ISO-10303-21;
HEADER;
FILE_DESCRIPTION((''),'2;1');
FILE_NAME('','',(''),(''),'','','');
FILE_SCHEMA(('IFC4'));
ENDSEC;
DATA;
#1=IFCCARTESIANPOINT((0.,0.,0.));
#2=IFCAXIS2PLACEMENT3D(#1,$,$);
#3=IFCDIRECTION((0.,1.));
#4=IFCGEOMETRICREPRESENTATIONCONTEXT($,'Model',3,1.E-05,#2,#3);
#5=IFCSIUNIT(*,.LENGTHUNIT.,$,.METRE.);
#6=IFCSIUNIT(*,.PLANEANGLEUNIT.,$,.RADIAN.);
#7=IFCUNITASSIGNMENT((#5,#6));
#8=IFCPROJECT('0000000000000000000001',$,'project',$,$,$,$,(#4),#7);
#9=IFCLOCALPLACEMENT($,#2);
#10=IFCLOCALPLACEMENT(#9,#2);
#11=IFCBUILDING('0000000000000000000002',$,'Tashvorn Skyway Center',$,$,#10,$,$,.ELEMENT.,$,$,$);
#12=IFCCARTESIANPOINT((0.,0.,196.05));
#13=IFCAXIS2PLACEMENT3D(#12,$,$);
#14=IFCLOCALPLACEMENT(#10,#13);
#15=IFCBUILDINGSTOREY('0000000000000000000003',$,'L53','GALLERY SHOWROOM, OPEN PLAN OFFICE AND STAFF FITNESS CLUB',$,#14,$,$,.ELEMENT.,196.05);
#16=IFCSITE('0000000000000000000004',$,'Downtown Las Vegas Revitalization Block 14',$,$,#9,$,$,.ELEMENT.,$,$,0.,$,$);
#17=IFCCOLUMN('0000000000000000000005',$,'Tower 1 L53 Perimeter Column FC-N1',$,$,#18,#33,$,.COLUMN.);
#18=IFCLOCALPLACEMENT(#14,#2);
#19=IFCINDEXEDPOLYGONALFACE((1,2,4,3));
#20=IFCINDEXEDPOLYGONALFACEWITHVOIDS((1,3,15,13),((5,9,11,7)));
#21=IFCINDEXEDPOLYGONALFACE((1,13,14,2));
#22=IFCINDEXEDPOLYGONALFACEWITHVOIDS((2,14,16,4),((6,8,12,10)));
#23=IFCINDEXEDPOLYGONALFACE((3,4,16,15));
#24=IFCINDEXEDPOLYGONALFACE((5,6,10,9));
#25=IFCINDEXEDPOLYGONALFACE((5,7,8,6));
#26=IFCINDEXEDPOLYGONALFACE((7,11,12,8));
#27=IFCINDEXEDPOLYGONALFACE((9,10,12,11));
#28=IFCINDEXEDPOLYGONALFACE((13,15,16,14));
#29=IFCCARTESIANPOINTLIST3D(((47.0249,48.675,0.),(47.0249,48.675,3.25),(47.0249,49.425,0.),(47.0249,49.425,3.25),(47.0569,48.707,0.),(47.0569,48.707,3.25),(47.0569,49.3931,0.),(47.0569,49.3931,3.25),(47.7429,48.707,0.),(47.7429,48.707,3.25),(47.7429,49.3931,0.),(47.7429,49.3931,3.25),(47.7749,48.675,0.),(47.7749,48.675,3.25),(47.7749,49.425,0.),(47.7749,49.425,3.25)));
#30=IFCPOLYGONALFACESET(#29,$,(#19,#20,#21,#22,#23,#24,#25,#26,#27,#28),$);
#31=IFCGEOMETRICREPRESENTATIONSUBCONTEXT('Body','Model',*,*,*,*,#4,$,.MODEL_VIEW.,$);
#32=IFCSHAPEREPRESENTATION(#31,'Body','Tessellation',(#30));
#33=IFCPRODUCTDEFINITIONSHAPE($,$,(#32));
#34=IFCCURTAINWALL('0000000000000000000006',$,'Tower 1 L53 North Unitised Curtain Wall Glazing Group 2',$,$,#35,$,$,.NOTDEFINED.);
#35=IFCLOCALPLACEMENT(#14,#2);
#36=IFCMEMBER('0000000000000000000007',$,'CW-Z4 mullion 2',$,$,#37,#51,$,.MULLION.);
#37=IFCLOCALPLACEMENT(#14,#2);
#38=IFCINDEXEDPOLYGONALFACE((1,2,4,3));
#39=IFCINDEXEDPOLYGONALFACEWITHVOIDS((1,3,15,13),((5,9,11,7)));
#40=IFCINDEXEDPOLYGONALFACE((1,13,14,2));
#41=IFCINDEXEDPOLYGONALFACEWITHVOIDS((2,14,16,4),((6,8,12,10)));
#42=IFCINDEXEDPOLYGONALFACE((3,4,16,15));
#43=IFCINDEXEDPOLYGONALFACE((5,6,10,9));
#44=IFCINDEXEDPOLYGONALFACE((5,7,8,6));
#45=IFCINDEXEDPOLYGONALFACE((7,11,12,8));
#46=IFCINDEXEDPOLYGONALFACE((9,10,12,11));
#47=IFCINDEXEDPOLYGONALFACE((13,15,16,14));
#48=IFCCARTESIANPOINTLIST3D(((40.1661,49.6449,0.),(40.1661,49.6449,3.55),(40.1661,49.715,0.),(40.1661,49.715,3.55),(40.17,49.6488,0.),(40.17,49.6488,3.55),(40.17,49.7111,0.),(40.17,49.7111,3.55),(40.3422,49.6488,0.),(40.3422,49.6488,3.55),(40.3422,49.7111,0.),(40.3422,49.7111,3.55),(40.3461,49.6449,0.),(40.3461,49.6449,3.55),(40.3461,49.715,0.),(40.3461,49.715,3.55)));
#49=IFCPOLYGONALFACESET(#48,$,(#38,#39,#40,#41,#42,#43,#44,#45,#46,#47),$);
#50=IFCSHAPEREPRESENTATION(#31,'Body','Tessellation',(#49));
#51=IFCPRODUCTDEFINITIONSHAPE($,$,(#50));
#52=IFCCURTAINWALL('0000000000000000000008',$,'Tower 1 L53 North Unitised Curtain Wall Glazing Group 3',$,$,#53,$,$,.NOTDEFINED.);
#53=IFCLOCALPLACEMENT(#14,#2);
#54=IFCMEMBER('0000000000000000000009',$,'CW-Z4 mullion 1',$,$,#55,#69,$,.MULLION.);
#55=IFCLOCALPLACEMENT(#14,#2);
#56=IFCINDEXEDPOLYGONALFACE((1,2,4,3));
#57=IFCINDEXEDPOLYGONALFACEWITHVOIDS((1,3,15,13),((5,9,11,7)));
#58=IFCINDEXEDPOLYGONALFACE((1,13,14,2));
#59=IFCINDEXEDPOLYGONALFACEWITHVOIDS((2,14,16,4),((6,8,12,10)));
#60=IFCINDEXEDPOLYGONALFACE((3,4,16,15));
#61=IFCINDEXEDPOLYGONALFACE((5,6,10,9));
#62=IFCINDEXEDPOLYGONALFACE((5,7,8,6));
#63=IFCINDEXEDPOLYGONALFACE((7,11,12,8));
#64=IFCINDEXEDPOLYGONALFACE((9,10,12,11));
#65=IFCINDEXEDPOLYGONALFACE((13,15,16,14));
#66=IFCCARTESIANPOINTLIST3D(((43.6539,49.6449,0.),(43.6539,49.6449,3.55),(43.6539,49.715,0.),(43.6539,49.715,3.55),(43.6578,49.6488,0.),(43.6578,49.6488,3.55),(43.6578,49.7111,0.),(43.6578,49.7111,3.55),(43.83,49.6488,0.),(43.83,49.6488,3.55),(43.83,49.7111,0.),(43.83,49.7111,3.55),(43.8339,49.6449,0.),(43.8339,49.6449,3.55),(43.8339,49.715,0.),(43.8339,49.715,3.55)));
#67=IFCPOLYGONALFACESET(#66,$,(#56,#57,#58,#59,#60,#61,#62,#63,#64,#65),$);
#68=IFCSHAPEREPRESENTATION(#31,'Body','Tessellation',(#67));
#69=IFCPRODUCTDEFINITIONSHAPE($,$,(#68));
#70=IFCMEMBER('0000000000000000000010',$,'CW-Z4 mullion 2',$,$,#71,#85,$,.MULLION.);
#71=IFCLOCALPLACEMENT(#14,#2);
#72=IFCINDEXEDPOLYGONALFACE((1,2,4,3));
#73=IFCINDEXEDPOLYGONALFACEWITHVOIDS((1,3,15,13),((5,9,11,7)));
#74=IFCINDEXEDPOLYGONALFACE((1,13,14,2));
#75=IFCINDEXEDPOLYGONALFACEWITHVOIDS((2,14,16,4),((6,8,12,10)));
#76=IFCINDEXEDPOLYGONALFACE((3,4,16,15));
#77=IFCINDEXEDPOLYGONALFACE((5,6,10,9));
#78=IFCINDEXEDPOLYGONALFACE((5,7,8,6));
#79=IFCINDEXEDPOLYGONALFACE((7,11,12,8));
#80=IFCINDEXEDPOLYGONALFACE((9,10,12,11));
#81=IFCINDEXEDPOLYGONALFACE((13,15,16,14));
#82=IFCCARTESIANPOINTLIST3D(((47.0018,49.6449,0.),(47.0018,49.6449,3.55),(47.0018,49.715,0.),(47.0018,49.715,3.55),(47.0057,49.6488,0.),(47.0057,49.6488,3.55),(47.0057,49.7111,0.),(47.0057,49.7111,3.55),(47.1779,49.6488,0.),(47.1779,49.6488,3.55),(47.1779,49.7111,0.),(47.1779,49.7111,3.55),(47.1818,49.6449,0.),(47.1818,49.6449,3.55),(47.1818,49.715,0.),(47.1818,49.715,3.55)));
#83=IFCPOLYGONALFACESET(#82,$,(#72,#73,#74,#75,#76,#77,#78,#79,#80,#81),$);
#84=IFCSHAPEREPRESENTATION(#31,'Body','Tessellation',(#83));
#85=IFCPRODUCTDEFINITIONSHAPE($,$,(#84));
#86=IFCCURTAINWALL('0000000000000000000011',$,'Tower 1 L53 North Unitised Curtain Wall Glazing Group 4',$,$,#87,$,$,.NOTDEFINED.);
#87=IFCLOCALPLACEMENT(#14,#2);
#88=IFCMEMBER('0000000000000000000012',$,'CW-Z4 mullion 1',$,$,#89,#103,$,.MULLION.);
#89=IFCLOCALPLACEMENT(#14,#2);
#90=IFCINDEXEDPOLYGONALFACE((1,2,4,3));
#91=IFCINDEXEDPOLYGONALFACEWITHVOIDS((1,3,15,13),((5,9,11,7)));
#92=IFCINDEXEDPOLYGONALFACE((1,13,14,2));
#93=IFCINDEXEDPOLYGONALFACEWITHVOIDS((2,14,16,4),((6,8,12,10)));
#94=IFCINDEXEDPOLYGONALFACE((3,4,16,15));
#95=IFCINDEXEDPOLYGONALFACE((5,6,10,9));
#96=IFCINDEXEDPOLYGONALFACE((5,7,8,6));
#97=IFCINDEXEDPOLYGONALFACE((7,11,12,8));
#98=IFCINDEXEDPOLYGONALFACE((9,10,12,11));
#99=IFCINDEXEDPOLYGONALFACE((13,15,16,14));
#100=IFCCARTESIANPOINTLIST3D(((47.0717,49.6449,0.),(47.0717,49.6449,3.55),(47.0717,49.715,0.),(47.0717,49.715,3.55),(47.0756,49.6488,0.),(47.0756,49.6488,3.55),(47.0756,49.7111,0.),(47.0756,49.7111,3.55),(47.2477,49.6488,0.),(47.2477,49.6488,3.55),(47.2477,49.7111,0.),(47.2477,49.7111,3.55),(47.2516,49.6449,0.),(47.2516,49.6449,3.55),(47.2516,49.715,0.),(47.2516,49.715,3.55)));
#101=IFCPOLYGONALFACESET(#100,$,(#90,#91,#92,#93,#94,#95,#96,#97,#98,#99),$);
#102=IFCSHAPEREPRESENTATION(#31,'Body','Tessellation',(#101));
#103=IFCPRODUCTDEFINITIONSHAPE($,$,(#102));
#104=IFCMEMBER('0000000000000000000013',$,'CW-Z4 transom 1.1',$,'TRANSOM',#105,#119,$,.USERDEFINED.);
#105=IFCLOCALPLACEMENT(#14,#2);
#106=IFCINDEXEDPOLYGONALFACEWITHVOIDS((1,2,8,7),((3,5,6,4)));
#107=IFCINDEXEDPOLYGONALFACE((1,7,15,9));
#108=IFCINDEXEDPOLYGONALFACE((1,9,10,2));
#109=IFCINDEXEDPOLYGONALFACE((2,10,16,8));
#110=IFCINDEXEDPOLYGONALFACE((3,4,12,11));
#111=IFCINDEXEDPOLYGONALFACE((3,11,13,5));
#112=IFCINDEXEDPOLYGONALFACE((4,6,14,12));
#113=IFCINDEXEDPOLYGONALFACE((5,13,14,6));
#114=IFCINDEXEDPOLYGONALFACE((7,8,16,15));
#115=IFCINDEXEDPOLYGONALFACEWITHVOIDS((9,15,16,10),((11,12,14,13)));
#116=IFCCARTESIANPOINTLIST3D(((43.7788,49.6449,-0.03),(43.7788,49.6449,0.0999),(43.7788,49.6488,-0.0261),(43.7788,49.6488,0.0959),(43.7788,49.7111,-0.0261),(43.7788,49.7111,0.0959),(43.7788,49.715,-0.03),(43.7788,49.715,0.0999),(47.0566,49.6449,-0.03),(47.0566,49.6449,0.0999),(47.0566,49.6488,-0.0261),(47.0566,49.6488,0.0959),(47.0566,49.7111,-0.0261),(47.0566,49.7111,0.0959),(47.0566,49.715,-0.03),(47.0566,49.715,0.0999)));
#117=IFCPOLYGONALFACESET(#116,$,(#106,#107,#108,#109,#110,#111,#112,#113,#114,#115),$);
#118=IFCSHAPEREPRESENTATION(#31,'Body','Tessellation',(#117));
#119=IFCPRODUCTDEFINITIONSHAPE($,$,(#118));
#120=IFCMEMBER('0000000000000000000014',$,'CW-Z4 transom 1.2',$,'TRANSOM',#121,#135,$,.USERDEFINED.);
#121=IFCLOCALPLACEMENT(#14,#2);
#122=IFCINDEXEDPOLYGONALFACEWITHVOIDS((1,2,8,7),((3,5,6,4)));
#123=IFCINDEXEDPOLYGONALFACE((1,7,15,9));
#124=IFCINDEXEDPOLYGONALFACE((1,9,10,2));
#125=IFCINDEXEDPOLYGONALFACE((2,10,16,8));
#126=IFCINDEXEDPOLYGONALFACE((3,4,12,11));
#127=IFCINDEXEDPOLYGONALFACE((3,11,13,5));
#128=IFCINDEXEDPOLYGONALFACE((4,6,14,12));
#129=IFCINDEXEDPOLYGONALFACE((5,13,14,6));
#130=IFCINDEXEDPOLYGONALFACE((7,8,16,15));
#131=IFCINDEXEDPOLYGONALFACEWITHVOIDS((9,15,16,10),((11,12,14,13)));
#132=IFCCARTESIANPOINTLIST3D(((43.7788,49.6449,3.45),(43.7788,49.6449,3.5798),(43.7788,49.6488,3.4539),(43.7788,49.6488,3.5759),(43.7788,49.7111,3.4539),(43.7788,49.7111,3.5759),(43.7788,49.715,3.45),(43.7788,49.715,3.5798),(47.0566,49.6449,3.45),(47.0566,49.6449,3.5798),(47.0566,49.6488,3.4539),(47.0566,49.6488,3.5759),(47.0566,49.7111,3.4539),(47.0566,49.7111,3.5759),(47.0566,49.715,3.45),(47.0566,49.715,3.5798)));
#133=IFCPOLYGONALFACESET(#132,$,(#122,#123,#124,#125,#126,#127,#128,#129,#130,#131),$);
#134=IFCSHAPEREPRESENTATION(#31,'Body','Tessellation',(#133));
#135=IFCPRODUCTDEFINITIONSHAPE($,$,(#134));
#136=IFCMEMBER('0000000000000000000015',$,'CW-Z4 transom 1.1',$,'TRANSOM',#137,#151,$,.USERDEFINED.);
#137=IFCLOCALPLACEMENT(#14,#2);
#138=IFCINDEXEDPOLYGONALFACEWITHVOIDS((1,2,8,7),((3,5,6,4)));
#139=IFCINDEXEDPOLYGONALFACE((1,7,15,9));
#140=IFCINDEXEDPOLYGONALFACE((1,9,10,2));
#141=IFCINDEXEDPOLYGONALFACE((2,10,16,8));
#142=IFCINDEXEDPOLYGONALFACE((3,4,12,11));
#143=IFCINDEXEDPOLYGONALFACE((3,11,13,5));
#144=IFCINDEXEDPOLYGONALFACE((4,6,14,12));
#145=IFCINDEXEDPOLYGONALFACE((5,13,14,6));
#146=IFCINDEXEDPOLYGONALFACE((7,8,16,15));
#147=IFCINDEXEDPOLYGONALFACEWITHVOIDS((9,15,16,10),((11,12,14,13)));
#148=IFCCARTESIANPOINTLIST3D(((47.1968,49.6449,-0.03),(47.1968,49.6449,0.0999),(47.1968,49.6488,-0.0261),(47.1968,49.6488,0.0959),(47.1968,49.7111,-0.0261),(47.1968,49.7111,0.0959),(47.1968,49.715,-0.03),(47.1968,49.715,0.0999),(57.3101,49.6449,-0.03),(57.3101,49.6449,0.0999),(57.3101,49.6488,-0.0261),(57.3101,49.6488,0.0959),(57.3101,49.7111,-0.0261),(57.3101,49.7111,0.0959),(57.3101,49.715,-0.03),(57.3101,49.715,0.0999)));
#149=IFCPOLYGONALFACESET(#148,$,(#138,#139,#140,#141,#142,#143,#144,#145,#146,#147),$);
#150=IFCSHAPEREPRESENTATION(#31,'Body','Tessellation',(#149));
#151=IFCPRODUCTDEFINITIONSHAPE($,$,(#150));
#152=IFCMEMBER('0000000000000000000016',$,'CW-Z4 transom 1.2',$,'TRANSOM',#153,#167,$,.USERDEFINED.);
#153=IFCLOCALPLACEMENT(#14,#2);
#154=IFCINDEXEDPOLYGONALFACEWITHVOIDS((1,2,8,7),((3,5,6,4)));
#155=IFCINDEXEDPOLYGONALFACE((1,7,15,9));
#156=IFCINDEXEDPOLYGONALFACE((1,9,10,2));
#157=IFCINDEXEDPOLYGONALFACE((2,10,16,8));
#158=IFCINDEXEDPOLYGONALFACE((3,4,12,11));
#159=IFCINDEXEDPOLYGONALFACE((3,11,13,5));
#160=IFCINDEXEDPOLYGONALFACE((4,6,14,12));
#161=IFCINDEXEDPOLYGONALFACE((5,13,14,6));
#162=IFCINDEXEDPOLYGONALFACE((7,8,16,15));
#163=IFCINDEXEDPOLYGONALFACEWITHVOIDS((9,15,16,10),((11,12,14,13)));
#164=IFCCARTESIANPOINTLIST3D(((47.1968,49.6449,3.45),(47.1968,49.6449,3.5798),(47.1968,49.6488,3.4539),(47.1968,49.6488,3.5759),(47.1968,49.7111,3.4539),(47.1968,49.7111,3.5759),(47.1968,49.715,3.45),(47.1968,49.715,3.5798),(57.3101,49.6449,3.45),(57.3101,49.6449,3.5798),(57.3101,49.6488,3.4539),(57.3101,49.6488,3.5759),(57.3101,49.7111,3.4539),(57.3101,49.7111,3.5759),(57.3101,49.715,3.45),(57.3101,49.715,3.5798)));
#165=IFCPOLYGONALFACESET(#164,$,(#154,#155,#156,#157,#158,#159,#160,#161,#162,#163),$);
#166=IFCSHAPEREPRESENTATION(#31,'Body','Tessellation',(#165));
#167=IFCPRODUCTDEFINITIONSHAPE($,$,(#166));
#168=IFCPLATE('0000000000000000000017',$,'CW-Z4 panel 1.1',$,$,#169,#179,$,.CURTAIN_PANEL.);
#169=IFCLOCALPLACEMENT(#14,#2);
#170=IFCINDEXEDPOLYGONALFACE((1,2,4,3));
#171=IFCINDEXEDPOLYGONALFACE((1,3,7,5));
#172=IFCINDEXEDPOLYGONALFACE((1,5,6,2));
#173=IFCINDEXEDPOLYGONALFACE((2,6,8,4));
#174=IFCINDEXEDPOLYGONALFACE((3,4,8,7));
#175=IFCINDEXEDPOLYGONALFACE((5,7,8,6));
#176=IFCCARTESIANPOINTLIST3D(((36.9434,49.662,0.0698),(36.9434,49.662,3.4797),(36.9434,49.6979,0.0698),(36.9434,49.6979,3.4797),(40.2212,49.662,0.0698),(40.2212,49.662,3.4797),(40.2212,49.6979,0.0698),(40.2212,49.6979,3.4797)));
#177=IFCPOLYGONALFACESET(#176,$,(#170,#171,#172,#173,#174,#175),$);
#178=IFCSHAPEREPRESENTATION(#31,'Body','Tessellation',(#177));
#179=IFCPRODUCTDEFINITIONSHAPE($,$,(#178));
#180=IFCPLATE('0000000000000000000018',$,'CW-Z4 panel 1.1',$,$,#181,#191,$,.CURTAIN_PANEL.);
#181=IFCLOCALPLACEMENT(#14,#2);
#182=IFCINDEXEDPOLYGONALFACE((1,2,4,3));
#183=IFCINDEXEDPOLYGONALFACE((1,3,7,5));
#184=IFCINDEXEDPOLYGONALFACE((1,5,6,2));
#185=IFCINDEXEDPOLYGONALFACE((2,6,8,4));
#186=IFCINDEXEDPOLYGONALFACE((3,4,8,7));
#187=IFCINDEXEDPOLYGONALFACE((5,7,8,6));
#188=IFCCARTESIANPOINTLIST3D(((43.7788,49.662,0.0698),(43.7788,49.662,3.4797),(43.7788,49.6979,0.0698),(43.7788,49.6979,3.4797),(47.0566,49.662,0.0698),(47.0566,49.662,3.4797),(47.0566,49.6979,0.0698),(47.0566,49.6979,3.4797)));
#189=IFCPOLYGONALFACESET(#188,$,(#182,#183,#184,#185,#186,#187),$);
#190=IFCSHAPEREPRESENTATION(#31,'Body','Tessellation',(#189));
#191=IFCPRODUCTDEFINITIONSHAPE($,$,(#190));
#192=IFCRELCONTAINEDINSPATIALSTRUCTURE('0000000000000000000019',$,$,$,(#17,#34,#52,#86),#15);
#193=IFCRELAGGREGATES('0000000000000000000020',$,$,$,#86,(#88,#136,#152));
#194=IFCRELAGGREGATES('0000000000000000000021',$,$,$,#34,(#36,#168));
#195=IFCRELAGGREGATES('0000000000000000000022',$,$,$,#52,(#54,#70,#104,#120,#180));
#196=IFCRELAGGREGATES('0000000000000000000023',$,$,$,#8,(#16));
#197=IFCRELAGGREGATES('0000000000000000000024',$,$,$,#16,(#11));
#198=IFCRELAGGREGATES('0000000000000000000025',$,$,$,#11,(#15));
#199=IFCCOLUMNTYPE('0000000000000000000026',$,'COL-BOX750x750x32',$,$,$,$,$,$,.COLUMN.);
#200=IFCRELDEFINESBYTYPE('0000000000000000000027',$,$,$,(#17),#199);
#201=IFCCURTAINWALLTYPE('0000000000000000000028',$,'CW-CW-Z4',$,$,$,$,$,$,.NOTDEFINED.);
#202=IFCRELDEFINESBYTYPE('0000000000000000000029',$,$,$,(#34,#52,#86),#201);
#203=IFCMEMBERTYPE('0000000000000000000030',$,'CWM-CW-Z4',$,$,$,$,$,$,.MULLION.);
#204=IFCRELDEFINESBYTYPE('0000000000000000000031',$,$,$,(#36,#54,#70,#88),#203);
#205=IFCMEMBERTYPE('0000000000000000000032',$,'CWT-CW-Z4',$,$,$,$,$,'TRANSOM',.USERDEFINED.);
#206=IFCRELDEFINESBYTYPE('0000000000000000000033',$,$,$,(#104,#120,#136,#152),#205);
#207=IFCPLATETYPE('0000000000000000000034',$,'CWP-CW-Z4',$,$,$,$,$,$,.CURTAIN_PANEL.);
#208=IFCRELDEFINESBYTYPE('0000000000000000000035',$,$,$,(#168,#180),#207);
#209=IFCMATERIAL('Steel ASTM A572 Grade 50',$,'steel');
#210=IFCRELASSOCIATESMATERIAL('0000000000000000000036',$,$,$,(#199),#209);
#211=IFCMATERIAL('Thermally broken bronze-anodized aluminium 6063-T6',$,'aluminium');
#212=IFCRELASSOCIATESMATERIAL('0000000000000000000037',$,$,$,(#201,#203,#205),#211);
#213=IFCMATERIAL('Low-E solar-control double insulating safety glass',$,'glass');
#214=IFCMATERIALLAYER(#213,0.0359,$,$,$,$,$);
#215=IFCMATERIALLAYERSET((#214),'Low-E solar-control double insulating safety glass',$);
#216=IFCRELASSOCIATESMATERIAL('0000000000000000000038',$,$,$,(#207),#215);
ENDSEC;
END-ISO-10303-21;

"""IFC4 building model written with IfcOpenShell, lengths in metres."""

from ifc_helpers import new_model, si_unit, direction, frame, origin, origin_2d, place, context, subcontext, project, spatial, rectangle, hollow_rectangle, extrude, material, layer, layer_set, material_profile, profile_set, type_object, element, aggregate, save


model = new_model("IFC4")

# Units and contexts
model_context = context("Model", 3, precision=1e-05, world=origin(), true_north=direction((0.0, 1.0)))
body_context = subcontext(model_context, "Body", "Model", "MODEL_VIEW")
ifc_project = project(units=[si_unit("LENGTHUNIT", "METRE"), si_unit("PLANEANGLEUNIT", "RADIAN")], contexts=[model_context])

# Site, building, storey
site_placement = place(None, origin())
site = spatial("IfcSite", under=ifc_project, at=site_placement, Name="Downtown Las Vegas Revitalization Block 14", CompositionType="ELEMENT", RefElevation=0.0)
building_placement = place(site_placement, origin())
building = spatial("IfcBuilding", under=site, at=building_placement, Name="Tashvorn Skyway Center", CompositionType="ELEMENT")
storey_placement = place(building_placement, frame((0.0, 0.0, 196.05)))
storey = spatial("IfcBuildingStorey", under=building, at=storey_placement, Name="L53", Description="GALLERY SHOWROOM, OPEN PLAN OFFICE AND STAFF FITNESS CLUB", CompositionType="ELEMENT", Elevation=196.05)

# Column
ifc_material_1 = material(Name="Steel ASTM A572 Grade 50", Category="steel")
ifc_material_profile_1 = material_profile(ifc_material_1, hollow_rectangle(XDim=0.75, YDim=0.75, WallThickness=0.032, at=origin_2d()), Name="BOX750x750x32")
ifc_profile_set_1 = profile_set([ifc_material_profile_1], Name="Steel ASTM A572 Grade 50")
column_type = type_object("IfcColumnType", Name="COL-BOX750x750x32", PredefinedType="COLUMN", material=ifc_profile_set_1)
column_placement = place(storey_placement, frame((47.3999, 49.05, 0.0), z_axis=(0.0, 0.0, 1.0), x_axis=(1.0, 0.0, 0.0)))
element("IfcColumn", 1, at=column_placement, inside=storey, type_object=column_type, Name="Tower 1 L53 Perimeter Column FC-N1", PredefinedType="COLUMN", context=body_context, shape_type="SweptSolid", body=[
    extrude(hollow_rectangle(XDim=0.75, YDim=0.75, WallThickness=0.032, at=origin_2d()), origin(), (0.0, 0.0, 1.0), 3.25),
])

# Curtain wall, member
ifc_material_2 = material(Name="Thermally broken bronze-anodized aluminium 6063-T6", Category="aluminium")
curtain_wall_type = type_object("IfcCurtainWallType", Name="CW-CW-Z4", PredefinedType="NOTDEFINED", material=ifc_material_2)
curtain_wall_1_placement = place(storey_placement, origin())
curtain_wall_1 = element("IfcCurtainWall", 2, at=curtain_wall_1_placement, inside=storey, type_object=curtain_wall_type, Name="Tower 1 L53 North Unitised Curtain Wall Glazing Group 2", PredefinedType="NOTDEFINED")
ifc_material_profile_2 = material_profile(ifc_material_2, hollow_rectangle(XDim=0.0701, YDim=0.1799, WallThickness=0.0039, at=origin_2d()), Name="ALU-MULL-70x180")
ifc_profile_set_2 = profile_set([ifc_material_profile_2], Name="Thermally broken bronze-anodized aluminium 6063-T6")
member_type_1 = type_object("IfcMemberType", Name="CWM-CW-Z4", PredefinedType="MULLION", material=ifc_profile_set_2)
member_1_placement = place(storey_placement, frame((40.2561, 49.6799, 0.0), z_axis=(0.0, 0.0, 1.0), x_axis=(0.0, 1.0, 0.0)))
member_1 = element("IfcMember", 3, at=member_1_placement, type_object=member_type_1, Name="CW-Z4 mullion 2", PredefinedType="MULLION", context=body_context, shape_type="SweptSolid", body=[
    extrude(hollow_rectangle(XDim=0.0701, YDim=0.1799, WallThickness=0.0039, at=origin_2d()), origin(), (0.0, 0.0, 1.0), 3.55),
])

# Curtain wall, members
curtain_wall_2_placement = place(storey_placement, origin())
curtain_wall_2 = element("IfcCurtainWall", 4, at=curtain_wall_2_placement, inside=storey, type_object=curtain_wall_type, Name="Tower 1 L53 North Unitised Curtain Wall Glazing Group 3", PredefinedType="NOTDEFINED")
member_2_placement = place(storey_placement, frame((43.7439, 49.6799, 0.0), z_axis=(0.0, 0.0, 1.0), x_axis=(0.0, 1.0, 0.0)))
member_2 = element("IfcMember", 5, at=member_2_placement, type_object=member_type_1, Name="CW-Z4 mullion 1", PredefinedType="MULLION", context=body_context, shape_type="SweptSolid", body=[
    extrude(hollow_rectangle(XDim=0.0701, YDim=0.1799, WallThickness=0.0039, at=origin_2d()), origin(), (0.0, 0.0, 1.0), 3.55),
])
member_3_placement = place(storey_placement, frame((47.0918, 49.6799, 0.0), z_axis=(0.0, 0.0, 1.0), x_axis=(0.0, 1.0, 0.0)))
member_3 = element("IfcMember", 6, at=member_3_placement, type_object=member_type_1, Name="CW-Z4 mullion 2", PredefinedType="MULLION", context=body_context, shape_type="SweptSolid", body=[
    extrude(hollow_rectangle(XDim=0.0701, YDim=0.1799, WallThickness=0.0039, at=origin_2d()), origin(), (0.0, 0.0, 1.0), 3.55),
])

# Curtain wall, member
curtain_wall_3_placement = place(storey_placement, origin())
curtain_wall_3 = element("IfcCurtainWall", 7, at=curtain_wall_3_placement, inside=storey, type_object=curtain_wall_type, Name="Tower 1 L53 North Unitised Curtain Wall Glazing Group 4", PredefinedType="NOTDEFINED")
member_4_placement = place(storey_placement, frame((47.1616, 49.6799, 0.0), z_axis=(0.0, 0.0, 1.0), x_axis=(0.0, 1.0, 0.0)))
member_4 = element("IfcMember", 8, at=member_4_placement, type_object=member_type_1, Name="CW-Z4 mullion 1", PredefinedType="MULLION", context=body_context, shape_type="SweptSolid", body=[
    extrude(hollow_rectangle(XDim=0.0701, YDim=0.1799, WallThickness=0.0039, at=origin_2d()), origin(), (0.0, 0.0, 1.0), 3.55),
])

# Members
ifc_material_profile_3 = material_profile(ifc_material_2, hollow_rectangle(XDim=0.0701, YDim=0.1299, WallThickness=0.0039, at=origin_2d()), Name="ALU-TRAN-70x130")
ifc_profile_set_3 = profile_set([ifc_material_profile_3], Name="Thermally broken bronze-anodized aluminium 6063-T6")
member_type_2 = type_object("IfcMemberType", Name="CWT-CW-Z4", ElementType="TRANSOM", PredefinedType="USERDEFINED", material=ifc_profile_set_3)
member_5_placement = place(storey_placement, frame((43.7788, 49.6799, 0.0349), z_axis=(1.0, 0.0, 0.0), x_axis=(0.0, 1.0, 0.0)))
member_5 = element("IfcMember", 9, at=member_5_placement, type_object=member_type_2, Name="CW-Z4 transom 1.1", ObjectType="TRANSOM", PredefinedType="USERDEFINED", context=body_context, shape_type="SweptSolid", body=[
    extrude(hollow_rectangle(XDim=0.0701, YDim=0.1299, WallThickness=0.0039, at=origin_2d()), origin(), (0.0, 0.0, 1.0), 3.2778),
])
member_6_placement = place(storey_placement, frame((43.7788, 49.6799, 3.5149), z_axis=(1.0, 0.0, 0.0), x_axis=(0.0, 1.0, 0.0)))
member_6 = element("IfcMember", 10, at=member_6_placement, type_object=member_type_2, Name="CW-Z4 transom 1.2", ObjectType="TRANSOM", PredefinedType="USERDEFINED", context=body_context, shape_type="SweptSolid", body=[
    extrude(hollow_rectangle(XDim=0.0701, YDim=0.1299, WallThickness=0.0039, at=origin_2d()), origin(), (0.0, 0.0, 1.0), 3.2778),
])
member_7_placement = place(storey_placement, frame((47.1968, 49.6799, 0.0349), z_axis=(1.0, 0.0, 0.0), x_axis=(0.0, 1.0, 0.0)))
member_7 = element("IfcMember", 11, at=member_7_placement, type_object=member_type_2, Name="CW-Z4 transom 1.1", ObjectType="TRANSOM", PredefinedType="USERDEFINED", context=body_context, shape_type="SweptSolid", body=[
    extrude(hollow_rectangle(XDim=0.0701, YDim=0.1299, WallThickness=0.0039, at=origin_2d()), origin(), (0.0, 0.0, 1.0), 10.1133),
])
member_8_placement = place(storey_placement, frame((47.1968, 49.6799, 3.5149), z_axis=(1.0, 0.0, 0.0), x_axis=(0.0, 1.0, 0.0)))
member_8 = element("IfcMember", 12, at=member_8_placement, type_object=member_type_2, Name="CW-Z4 transom 1.2", ObjectType="TRANSOM", PredefinedType="USERDEFINED", context=body_context, shape_type="SweptSolid", body=[
    extrude(hollow_rectangle(XDim=0.0701, YDim=0.1299, WallThickness=0.0039, at=origin_2d()), origin(), (0.0, 0.0, 1.0), 10.1133),
])
aggregate(curtain_wall_3, [member_4, member_7, member_8])

# Plates
ifc_material_3 = material(Name="Low-E solar-control double insulating safety glass", Category="glass")
ifc_layer_1 = layer(ifc_material_3, 0.0359)
ifc_layer_set_1 = layer_set([ifc_layer_1], Name="Low-E solar-control double insulating safety glass")
plate_type_1 = type_object("IfcPlateType", Name="CWP-CW-Z4", PredefinedType="CURTAIN_PANEL", material=ifc_layer_set_1)
plate_1_placement = place(storey_placement, frame((38.5823, 49.6799, 0.0698), z_axis=(0.0, 0.0, 1.0), x_axis=(1.0, 0.0, 0.0)))
plate_1 = element("IfcPlate", 13, at=plate_1_placement, type_object=plate_type_1, Name="CW-Z4 panel 1.1", PredefinedType="CURTAIN_PANEL", context=body_context, shape_type="SweptSolid", body=[
    extrude(rectangle(XDim=3.2778, YDim=0.0359, at=origin_2d()), origin(), (0.0, 0.0, 1.0), 3.4099),
])
aggregate(curtain_wall_1, [member_1, plate_1])
plate_2_placement = place(storey_placement, frame((45.4177, 49.6799, 0.0698), z_axis=(0.0, 0.0, 1.0), x_axis=(1.0, 0.0, 0.0)))
plate_2 = element("IfcPlate", 14, at=plate_2_placement, type_object=plate_type_1, Name="CW-Z4 panel 1.1", PredefinedType="CURTAIN_PANEL", context=body_context, shape_type="SweptSolid", body=[
    extrude(rectangle(XDim=3.2778, YDim=0.0359, at=origin_2d()), origin(), (0.0, 0.0, 1.0), 3.4099),
])
aggregate(curtain_wall_2, [member_2, member_3, member_5, member_6, plate_2])

save(model, "model.ifc")
